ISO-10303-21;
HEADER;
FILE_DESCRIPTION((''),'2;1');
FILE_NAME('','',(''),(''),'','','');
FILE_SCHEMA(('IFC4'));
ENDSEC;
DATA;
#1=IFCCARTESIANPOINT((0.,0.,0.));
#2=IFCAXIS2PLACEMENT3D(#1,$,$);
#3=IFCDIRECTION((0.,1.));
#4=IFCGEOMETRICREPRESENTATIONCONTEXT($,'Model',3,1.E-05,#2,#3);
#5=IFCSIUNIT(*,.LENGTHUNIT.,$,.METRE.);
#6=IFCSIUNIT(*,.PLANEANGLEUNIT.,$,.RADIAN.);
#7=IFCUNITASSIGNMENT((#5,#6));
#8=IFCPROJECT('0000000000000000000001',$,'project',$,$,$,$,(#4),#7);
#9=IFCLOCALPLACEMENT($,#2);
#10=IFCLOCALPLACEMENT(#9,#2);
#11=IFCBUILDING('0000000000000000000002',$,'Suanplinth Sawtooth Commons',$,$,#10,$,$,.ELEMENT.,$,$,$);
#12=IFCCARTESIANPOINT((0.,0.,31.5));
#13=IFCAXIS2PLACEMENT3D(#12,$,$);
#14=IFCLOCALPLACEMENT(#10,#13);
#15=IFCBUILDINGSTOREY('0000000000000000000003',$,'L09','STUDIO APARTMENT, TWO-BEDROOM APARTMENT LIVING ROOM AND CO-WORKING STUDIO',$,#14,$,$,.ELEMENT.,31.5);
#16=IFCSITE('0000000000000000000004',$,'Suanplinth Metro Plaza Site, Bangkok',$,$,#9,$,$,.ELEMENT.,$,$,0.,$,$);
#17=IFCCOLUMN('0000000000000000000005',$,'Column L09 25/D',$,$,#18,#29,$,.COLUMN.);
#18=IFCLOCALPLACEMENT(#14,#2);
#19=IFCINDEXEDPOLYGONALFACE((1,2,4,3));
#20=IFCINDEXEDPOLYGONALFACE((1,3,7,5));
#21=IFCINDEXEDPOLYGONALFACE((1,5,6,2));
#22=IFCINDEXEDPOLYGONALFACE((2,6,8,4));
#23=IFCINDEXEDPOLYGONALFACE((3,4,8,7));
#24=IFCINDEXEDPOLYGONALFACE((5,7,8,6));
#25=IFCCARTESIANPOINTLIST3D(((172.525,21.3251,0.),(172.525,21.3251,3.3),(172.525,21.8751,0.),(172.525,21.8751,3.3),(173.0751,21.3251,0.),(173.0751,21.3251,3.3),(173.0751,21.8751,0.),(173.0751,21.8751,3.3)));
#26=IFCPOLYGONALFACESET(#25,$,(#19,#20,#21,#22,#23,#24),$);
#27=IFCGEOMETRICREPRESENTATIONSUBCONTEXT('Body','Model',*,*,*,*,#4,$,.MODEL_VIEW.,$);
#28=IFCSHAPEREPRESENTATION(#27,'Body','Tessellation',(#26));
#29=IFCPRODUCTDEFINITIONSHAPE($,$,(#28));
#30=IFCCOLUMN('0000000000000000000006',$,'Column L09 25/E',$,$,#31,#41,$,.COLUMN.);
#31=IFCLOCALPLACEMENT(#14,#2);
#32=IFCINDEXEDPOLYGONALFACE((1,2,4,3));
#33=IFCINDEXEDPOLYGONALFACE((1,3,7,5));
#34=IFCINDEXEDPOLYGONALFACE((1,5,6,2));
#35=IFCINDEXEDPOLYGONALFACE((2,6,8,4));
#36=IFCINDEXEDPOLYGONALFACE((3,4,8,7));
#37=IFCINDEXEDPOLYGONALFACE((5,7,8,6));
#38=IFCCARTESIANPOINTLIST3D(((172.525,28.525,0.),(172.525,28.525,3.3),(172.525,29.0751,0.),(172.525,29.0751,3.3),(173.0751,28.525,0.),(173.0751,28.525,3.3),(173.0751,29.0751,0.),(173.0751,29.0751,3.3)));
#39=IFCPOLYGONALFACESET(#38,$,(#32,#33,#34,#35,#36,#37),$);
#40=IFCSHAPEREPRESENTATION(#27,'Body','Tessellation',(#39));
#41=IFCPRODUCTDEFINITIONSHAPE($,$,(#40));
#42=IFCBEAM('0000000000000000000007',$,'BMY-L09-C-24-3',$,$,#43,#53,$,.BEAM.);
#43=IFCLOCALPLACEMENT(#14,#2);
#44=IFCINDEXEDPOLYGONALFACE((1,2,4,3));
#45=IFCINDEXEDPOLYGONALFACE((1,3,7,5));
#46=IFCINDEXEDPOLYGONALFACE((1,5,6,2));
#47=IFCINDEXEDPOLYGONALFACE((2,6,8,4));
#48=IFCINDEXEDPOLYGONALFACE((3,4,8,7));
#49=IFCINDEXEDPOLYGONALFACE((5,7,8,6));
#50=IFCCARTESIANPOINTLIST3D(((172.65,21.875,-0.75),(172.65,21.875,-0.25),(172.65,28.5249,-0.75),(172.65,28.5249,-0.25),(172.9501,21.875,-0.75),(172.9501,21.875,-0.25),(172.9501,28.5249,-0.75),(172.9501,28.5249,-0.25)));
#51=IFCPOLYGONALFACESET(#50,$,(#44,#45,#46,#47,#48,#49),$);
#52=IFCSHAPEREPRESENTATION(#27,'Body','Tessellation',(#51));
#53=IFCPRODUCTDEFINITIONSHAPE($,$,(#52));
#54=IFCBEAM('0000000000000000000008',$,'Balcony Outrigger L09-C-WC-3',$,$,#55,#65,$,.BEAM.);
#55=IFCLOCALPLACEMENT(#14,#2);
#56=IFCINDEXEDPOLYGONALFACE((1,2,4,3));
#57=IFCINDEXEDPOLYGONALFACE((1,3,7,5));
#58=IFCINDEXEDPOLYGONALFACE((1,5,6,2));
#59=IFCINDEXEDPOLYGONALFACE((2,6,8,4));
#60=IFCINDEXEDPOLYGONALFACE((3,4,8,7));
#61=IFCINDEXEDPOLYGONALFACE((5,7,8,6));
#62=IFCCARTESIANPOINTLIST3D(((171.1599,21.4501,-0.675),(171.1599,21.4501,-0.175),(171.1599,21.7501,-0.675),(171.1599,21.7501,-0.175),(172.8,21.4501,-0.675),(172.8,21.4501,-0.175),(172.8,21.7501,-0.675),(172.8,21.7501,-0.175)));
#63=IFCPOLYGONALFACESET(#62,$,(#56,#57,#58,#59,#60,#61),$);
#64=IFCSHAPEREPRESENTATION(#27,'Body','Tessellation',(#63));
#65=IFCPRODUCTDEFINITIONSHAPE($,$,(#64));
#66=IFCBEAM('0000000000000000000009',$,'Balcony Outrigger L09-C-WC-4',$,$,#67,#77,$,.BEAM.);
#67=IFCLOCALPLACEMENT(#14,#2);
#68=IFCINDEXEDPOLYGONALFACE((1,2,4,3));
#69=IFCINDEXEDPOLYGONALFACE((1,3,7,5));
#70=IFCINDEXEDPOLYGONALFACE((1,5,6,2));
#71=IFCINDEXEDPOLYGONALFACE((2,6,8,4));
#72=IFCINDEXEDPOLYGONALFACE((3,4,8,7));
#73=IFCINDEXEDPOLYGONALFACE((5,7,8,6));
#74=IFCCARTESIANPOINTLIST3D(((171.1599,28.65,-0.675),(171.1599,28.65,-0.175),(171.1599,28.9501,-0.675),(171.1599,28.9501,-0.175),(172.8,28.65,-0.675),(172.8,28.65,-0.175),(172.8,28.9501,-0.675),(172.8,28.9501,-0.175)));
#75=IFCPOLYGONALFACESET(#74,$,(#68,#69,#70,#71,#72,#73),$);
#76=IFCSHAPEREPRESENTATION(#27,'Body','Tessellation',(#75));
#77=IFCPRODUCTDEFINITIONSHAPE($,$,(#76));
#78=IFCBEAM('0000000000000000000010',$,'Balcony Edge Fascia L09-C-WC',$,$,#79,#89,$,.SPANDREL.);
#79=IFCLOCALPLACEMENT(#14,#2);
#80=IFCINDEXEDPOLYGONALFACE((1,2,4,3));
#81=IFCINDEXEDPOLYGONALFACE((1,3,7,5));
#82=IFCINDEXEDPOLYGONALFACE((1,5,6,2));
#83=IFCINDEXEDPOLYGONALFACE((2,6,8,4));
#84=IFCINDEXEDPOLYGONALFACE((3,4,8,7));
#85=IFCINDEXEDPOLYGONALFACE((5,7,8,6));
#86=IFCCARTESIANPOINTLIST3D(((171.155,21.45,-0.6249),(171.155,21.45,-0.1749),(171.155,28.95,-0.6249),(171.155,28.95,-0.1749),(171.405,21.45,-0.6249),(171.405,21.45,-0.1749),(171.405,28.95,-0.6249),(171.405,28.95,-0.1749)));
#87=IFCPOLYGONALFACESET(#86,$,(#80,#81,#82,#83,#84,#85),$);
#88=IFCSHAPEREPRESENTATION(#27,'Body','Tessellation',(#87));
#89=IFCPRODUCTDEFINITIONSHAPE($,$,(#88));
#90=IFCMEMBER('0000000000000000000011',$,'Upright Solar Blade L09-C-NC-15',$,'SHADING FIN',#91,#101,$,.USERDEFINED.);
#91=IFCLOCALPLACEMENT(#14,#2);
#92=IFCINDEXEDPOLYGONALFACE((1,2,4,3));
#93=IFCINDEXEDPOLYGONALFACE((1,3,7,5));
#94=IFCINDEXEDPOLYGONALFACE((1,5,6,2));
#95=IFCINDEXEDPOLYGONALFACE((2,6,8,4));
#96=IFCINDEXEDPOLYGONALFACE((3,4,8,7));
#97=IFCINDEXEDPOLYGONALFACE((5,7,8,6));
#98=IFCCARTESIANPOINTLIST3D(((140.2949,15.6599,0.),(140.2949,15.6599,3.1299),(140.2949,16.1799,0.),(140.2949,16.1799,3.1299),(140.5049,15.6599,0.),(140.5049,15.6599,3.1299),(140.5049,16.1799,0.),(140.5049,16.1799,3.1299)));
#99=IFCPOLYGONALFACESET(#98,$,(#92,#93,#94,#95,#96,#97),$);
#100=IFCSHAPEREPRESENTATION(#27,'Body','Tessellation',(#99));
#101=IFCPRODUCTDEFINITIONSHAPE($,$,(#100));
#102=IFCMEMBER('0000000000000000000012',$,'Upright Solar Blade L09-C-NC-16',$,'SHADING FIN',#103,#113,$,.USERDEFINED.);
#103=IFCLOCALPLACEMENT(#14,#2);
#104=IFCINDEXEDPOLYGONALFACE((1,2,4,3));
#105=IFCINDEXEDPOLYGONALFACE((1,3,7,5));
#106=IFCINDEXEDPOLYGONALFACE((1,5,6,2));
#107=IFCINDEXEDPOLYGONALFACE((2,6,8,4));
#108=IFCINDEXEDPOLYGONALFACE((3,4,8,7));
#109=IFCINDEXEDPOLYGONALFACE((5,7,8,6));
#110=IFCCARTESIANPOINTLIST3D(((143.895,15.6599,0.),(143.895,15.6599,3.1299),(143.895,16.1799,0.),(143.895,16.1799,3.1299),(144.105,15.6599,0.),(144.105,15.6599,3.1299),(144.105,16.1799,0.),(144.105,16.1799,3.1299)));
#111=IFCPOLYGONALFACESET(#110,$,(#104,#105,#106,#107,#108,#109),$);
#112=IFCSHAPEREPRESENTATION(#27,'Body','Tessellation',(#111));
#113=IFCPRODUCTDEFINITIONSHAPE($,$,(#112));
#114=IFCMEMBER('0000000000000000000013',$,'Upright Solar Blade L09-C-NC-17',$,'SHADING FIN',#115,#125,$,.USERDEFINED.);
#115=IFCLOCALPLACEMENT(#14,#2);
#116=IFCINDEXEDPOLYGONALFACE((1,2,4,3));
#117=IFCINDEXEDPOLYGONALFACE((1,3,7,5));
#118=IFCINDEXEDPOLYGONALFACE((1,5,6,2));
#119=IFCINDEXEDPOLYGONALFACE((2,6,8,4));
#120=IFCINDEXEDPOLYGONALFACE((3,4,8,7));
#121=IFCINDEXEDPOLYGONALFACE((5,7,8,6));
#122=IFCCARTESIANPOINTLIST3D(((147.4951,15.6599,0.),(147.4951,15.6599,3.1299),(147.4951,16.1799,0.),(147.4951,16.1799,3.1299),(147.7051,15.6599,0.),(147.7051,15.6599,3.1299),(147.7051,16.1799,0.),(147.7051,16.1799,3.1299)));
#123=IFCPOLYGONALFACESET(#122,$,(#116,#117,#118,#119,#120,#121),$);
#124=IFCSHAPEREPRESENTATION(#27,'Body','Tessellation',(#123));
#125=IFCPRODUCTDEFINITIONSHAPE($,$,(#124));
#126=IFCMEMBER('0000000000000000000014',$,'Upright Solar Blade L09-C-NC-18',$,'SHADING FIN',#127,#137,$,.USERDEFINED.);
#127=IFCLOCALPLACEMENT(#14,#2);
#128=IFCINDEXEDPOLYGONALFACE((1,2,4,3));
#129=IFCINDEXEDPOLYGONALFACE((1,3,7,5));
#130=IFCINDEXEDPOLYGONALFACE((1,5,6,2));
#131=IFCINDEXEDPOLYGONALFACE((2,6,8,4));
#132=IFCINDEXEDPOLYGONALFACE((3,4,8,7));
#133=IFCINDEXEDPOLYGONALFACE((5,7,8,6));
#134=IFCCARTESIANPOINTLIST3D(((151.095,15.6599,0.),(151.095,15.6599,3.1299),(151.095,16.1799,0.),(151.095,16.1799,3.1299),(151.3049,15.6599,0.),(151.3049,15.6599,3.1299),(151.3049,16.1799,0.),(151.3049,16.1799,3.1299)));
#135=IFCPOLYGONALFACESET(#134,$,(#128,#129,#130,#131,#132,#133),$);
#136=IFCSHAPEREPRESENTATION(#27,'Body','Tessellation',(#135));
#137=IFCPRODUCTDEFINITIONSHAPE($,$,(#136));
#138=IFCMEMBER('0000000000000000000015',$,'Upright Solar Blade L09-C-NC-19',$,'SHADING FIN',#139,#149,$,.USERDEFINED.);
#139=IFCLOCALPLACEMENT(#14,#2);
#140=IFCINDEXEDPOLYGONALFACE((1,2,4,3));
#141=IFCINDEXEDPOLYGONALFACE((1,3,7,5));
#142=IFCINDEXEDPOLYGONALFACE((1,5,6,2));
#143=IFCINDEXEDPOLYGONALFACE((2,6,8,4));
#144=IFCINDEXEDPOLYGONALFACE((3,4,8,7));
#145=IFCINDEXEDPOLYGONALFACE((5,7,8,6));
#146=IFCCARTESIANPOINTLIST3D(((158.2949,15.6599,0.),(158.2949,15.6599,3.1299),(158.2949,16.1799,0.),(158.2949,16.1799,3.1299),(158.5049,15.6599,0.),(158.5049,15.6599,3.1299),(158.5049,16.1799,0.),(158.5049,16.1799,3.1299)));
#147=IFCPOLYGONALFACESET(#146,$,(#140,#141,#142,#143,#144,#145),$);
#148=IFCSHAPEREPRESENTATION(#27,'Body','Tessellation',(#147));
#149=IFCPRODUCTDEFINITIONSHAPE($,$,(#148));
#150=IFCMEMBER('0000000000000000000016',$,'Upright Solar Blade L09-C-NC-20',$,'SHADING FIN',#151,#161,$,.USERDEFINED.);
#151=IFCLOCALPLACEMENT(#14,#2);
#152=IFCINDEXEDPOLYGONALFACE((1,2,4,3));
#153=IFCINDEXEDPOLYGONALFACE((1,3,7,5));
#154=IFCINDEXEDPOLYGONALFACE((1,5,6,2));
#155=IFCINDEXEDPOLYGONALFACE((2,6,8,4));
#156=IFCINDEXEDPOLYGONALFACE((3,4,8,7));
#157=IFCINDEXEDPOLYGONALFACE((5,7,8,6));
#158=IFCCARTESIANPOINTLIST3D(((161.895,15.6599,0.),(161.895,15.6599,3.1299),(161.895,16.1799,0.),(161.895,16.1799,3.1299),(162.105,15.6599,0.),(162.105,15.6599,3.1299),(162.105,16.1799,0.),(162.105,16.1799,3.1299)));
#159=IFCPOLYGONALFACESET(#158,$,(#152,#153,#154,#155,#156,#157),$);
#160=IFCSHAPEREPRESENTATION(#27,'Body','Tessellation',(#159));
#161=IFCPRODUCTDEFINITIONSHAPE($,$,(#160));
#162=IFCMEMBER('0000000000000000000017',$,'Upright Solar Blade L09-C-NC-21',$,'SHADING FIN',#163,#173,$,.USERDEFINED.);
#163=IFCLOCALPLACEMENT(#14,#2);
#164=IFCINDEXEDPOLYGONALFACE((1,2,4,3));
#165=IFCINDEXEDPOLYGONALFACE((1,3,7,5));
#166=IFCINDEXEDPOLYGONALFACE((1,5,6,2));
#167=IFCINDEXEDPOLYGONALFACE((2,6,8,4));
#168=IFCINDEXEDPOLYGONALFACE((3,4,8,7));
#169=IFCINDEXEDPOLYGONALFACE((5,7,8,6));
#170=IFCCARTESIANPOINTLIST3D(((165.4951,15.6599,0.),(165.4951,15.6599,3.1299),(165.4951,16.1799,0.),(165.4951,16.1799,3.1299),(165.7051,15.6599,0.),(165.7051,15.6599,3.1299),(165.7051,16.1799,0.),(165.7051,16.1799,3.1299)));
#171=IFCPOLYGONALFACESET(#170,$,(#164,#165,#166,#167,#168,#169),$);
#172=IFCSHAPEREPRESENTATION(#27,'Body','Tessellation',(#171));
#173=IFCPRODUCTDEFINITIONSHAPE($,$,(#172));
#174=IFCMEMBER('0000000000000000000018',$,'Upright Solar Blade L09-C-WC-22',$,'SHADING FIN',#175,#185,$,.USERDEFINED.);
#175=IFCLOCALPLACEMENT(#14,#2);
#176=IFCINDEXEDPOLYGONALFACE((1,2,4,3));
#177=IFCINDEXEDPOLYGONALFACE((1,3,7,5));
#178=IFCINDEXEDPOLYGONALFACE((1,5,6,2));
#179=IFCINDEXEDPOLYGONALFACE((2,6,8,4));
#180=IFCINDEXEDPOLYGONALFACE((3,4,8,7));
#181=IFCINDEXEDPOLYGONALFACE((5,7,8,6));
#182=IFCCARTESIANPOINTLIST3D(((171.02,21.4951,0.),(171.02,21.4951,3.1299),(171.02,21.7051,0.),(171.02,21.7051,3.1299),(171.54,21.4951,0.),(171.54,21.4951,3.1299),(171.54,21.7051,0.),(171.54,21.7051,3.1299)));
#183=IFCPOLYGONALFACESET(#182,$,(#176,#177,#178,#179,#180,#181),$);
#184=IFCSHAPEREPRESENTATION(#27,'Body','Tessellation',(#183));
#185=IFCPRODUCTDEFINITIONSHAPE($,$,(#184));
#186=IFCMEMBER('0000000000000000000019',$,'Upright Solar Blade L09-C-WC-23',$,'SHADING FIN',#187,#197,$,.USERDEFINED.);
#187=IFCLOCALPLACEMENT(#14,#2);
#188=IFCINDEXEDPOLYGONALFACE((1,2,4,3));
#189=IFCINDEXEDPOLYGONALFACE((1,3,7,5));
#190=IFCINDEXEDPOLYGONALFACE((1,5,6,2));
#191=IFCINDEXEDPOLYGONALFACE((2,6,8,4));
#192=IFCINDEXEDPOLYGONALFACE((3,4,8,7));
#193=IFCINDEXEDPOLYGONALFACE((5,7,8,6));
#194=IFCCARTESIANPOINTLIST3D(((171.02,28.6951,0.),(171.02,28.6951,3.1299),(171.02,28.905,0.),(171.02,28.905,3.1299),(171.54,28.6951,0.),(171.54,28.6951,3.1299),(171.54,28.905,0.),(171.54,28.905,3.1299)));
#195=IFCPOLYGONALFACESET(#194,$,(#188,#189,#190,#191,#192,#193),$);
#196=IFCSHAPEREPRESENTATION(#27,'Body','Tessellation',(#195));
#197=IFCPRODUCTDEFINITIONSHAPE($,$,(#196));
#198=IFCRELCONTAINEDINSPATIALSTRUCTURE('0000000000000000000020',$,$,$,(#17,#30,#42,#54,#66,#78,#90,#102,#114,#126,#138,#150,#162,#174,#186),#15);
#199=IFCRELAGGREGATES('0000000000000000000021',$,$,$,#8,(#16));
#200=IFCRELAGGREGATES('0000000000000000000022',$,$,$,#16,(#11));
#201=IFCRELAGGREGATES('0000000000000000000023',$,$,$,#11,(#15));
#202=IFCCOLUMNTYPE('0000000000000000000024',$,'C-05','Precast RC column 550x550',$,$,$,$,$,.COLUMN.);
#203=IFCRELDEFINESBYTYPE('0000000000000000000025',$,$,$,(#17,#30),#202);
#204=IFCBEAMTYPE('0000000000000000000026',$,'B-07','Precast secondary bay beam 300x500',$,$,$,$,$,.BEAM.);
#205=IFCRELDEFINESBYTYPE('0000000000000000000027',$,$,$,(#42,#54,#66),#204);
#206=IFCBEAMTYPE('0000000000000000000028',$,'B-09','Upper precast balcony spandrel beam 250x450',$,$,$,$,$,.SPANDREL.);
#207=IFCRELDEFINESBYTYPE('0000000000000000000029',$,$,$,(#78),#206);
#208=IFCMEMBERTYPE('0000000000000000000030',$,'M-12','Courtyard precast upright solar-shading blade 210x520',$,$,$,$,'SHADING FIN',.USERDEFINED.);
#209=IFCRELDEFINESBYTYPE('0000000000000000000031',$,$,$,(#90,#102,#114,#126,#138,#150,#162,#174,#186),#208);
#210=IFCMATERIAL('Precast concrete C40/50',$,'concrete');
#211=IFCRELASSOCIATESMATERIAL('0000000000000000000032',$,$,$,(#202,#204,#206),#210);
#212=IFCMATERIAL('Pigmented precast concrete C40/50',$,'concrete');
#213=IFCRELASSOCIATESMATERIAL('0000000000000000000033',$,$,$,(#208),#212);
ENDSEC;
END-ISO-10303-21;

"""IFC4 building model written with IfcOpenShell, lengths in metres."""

from ifc_helpers import new_model, si_unit, direction, frame, origin, origin_2d, place, context, subcontext, project, spatial, rectangle, extrude, material, material_profile, profile_set, type_object, element, save


model = new_model("IFC4")

# Units and contexts
model_context = context("Model", 3, precision=1e-05, world=origin(), true_north=direction((0.0, 1.0)))
body_context = subcontext(model_context, "Body", "Model", "MODEL_VIEW")
ifc_project = project(units=[si_unit("LENGTHUNIT", "METRE"), si_unit("PLANEANGLEUNIT", "RADIAN")], contexts=[model_context])

# Site, building, storey
site_placement = place(None, origin())
site = spatial("IfcSite", under=ifc_project, at=site_placement, Name="Suanplinth Metro Plaza Site, Bangkok", CompositionType="ELEMENT", RefElevation=0.0)
building_placement = place(site_placement, origin())
building = spatial("IfcBuilding", under=site, at=building_placement, Name="Suanplinth Sawtooth Commons", CompositionType="ELEMENT")
storey_placement = place(building_placement, frame((0.0, 0.0, 31.5)))
storey = spatial("IfcBuildingStorey", under=building, at=storey_placement, Name="L09", Description="STUDIO APARTMENT, TWO-BEDROOM APARTMENT LIVING ROOM AND CO-WORKING STUDIO", CompositionType="ELEMENT", Elevation=31.5)

# Columns
ifc_material_1 = material(Name="Precast concrete C40/50", Category="concrete")
ifc_material_profile_1 = material_profile(ifc_material_1, rectangle(XDim=0.55, YDim=0.55, at=origin_2d()), Name="PC-COL 550x550")
ifc_profile_set_1 = profile_set([ifc_material_profile_1], Name="Precast concrete C40/50")
column_type = type_object("IfcColumnType", Name="C-05", Description="Precast RC column 550x550", PredefinedType="COLUMN", material=ifc_profile_set_1)
for number, where, z_axis, x_axis, name in (
    (1, (172.8, 21.6001, 0.0), (0.0, 0.0, 1.0), (1.0, 0.0, 0.0), "Column L09 25/D"),
    (2, (172.8, 28.8, 0.0), (0.0, 0.0, 1.0), (1.0, 0.0, 0.0), "Column L09 25/E"),
):
    element("IfcColumn", number, at=place(storey_placement, frame(where, z_axis=z_axis, x_axis=x_axis)), inside=storey, type_object=column_type, Name=name, PredefinedType="COLUMN", context=body_context, shape_type="SweptSolid", body=[
        extrude(rectangle(XDim=0.55, YDim=0.55, at=origin_2d()), origin(), (0.0, 0.0, 1.0), 3.3),
    ])

# Beams
ifc_material_profile_2 = material_profile(ifc_material_1, rectangle(XDim=0.3, YDim=0.5, at=origin_2d()), Name="PC-BM 300x500")
ifc_profile_set_2 = profile_set([ifc_material_profile_2], Name="Precast concrete C40/50")
beam_type_1 = type_object("IfcBeamType", Name="B-07", Description="Precast secondary bay beam 300x500", PredefinedType="BEAM", material=ifc_profile_set_2)
beam_1_placement = place(storey_placement, frame((172.8, 21.875, -0.5), z_axis=(0.0, 1.0, 0.0), x_axis=(-1.0, 0.0, 0.0)))
element("IfcBeam", 3, at=beam_1_placement, inside=storey, type_object=beam_type_1, Name="BMY-L09-C-24-3", PredefinedType="BEAM", context=body_context, shape_type="SweptSolid", body=[
    extrude(rectangle(XDim=0.3, YDim=0.5, at=origin_2d()), origin(), (0.0, 0.0, 1.0), 6.6499),
])
for number, where, z_axis, x_axis, name in (
    (4, (172.8, 21.6001, -0.425), (-1.0, 0.0, 0.0), (0.0, -1.0, 0.0), "Balcony Outrigger L09-C-WC-3"),
    (5, (172.8, 28.8, -0.425), (-1.0, 0.0, 0.0), (0.0, -1.0, 0.0), "Balcony Outrigger L09-C-WC-4"),
):
    element("IfcBeam", number, at=place(storey_placement, frame(where, z_axis=z_axis, x_axis=x_axis)), inside=storey, type_object=beam_type_1, Name=name, PredefinedType="BEAM", context=body_context, shape_type="SweptSolid", body=[
        extrude(rectangle(XDim=0.3, YDim=0.5, at=origin_2d()), origin(), (0.0, 0.0, 1.0), 1.6401),
    ])
ifc_material_profile_3 = material_profile(ifc_material_1, rectangle(XDim=0.25, YDim=0.45, at=origin_2d()), Name="PC-SP 250x450")
ifc_profile_set_3 = profile_set([ifc_material_profile_3], Name="Precast concrete C40/50")
beam_type_2 = type_object("IfcBeamType", Name="B-09", Description="Upper precast balcony spandrel beam 250x450", PredefinedType="SPANDREL", material=ifc_profile_set_3)
beam_2_placement = place(storey_placement, frame((171.28, 21.45, -0.3999), z_axis=(0.0, 1.0, 0.0), x_axis=(-1.0, 0.0, 0.0)))
element("IfcBeam", 6, at=beam_2_placement, inside=storey, type_object=beam_type_2, Name="Balcony Edge Fascia L09-C-WC", PredefinedType="SPANDREL", context=body_context, shape_type="SweptSolid", body=[
    extrude(rectangle(XDim=0.25, YDim=0.45, at=origin_2d()), origin(), (0.0, 0.0, 1.0), 7.5),
])

# Members
ifc_material_2 = material(Name="Pigmented precast concrete C40/50", Category="concrete")
ifc_material_profile_4 = material_profile(ifc_material_2, rectangle(XDim=0.21, YDim=0.52, at=origin_2d()), Name="PC-FIN 210x520")
ifc_profile_set_4 = profile_set([ifc_material_profile_4], Name="Pigmented precast concrete C40/50")
member_type = type_object("IfcMemberType", Name="M-12", Description="Courtyard precast upright solar-shading blade 210x520", ElementType="SHADING FIN", PredefinedType="USERDEFINED", material=ifc_profile_set_4)
for number, where, z_axis, x_axis, name in (
    (7, (140.3999, 15.9199, 0.0), (0.0, 0.0, 1.0), (1.0, 0.0, 0.0), "Upright Solar Blade L09-C-NC-15"),
    (8, (144.0, 15.9199, 0.0), (0.0, 0.0, 1.0), (1.0, 0.0, 0.0), "Upright Solar Blade L09-C-NC-16"),
    (9, (147.6001, 15.9199, 0.0), (0.0, 0.0, 1.0), (1.0, 0.0, 0.0), "Upright Solar Blade L09-C-NC-17"),
    (10, (151.2, 15.9199, 0.0), (0.0, 0.0, 1.0), (1.0, 0.0, 0.0), "Upright Solar Blade L09-C-NC-18"),
    (11, (158.3999, 15.9199, 0.0), (0.0, 0.0, 1.0), (1.0, 0.0, 0.0), "Upright Solar Blade L09-C-NC-19"),
    (12, (162.0, 15.9199, 0.0), (0.0, 0.0, 1.0), (1.0, 0.0, 0.0), "Upright Solar Blade L09-C-NC-20"),
    (13, (165.6001, 15.9199, 0.0), (0.0, 0.0, 1.0), (1.0, 0.0, 0.0), "Upright Solar Blade L09-C-NC-21"),
    (14, (171.28, 21.6001, 0.0), (0.0, 0.0, 1.0), (0.0, 1.0, 0.0), "Upright Solar Blade L09-C-WC-22"),
    (15, (171.28, 28.8, 0.0), (0.0, 0.0, 1.0), (0.0, 1.0, 0.0), "Upright Solar Blade L09-C-WC-23"),
):
    element("IfcMember", number, at=place(storey_placement, frame(where, z_axis=z_axis, x_axis=x_axis)), inside=storey, type_object=member_type, Name=name, ObjectType="SHADING FIN", PredefinedType="USERDEFINED", context=body_context, shape_type="SweptSolid", body=[
        extrude(rectangle(XDim=0.21, YDim=0.52, at=origin_2d()), origin(), (0.0, 0.0, 1.0), 3.1299),
    ])

save(model, "model.ifc")
